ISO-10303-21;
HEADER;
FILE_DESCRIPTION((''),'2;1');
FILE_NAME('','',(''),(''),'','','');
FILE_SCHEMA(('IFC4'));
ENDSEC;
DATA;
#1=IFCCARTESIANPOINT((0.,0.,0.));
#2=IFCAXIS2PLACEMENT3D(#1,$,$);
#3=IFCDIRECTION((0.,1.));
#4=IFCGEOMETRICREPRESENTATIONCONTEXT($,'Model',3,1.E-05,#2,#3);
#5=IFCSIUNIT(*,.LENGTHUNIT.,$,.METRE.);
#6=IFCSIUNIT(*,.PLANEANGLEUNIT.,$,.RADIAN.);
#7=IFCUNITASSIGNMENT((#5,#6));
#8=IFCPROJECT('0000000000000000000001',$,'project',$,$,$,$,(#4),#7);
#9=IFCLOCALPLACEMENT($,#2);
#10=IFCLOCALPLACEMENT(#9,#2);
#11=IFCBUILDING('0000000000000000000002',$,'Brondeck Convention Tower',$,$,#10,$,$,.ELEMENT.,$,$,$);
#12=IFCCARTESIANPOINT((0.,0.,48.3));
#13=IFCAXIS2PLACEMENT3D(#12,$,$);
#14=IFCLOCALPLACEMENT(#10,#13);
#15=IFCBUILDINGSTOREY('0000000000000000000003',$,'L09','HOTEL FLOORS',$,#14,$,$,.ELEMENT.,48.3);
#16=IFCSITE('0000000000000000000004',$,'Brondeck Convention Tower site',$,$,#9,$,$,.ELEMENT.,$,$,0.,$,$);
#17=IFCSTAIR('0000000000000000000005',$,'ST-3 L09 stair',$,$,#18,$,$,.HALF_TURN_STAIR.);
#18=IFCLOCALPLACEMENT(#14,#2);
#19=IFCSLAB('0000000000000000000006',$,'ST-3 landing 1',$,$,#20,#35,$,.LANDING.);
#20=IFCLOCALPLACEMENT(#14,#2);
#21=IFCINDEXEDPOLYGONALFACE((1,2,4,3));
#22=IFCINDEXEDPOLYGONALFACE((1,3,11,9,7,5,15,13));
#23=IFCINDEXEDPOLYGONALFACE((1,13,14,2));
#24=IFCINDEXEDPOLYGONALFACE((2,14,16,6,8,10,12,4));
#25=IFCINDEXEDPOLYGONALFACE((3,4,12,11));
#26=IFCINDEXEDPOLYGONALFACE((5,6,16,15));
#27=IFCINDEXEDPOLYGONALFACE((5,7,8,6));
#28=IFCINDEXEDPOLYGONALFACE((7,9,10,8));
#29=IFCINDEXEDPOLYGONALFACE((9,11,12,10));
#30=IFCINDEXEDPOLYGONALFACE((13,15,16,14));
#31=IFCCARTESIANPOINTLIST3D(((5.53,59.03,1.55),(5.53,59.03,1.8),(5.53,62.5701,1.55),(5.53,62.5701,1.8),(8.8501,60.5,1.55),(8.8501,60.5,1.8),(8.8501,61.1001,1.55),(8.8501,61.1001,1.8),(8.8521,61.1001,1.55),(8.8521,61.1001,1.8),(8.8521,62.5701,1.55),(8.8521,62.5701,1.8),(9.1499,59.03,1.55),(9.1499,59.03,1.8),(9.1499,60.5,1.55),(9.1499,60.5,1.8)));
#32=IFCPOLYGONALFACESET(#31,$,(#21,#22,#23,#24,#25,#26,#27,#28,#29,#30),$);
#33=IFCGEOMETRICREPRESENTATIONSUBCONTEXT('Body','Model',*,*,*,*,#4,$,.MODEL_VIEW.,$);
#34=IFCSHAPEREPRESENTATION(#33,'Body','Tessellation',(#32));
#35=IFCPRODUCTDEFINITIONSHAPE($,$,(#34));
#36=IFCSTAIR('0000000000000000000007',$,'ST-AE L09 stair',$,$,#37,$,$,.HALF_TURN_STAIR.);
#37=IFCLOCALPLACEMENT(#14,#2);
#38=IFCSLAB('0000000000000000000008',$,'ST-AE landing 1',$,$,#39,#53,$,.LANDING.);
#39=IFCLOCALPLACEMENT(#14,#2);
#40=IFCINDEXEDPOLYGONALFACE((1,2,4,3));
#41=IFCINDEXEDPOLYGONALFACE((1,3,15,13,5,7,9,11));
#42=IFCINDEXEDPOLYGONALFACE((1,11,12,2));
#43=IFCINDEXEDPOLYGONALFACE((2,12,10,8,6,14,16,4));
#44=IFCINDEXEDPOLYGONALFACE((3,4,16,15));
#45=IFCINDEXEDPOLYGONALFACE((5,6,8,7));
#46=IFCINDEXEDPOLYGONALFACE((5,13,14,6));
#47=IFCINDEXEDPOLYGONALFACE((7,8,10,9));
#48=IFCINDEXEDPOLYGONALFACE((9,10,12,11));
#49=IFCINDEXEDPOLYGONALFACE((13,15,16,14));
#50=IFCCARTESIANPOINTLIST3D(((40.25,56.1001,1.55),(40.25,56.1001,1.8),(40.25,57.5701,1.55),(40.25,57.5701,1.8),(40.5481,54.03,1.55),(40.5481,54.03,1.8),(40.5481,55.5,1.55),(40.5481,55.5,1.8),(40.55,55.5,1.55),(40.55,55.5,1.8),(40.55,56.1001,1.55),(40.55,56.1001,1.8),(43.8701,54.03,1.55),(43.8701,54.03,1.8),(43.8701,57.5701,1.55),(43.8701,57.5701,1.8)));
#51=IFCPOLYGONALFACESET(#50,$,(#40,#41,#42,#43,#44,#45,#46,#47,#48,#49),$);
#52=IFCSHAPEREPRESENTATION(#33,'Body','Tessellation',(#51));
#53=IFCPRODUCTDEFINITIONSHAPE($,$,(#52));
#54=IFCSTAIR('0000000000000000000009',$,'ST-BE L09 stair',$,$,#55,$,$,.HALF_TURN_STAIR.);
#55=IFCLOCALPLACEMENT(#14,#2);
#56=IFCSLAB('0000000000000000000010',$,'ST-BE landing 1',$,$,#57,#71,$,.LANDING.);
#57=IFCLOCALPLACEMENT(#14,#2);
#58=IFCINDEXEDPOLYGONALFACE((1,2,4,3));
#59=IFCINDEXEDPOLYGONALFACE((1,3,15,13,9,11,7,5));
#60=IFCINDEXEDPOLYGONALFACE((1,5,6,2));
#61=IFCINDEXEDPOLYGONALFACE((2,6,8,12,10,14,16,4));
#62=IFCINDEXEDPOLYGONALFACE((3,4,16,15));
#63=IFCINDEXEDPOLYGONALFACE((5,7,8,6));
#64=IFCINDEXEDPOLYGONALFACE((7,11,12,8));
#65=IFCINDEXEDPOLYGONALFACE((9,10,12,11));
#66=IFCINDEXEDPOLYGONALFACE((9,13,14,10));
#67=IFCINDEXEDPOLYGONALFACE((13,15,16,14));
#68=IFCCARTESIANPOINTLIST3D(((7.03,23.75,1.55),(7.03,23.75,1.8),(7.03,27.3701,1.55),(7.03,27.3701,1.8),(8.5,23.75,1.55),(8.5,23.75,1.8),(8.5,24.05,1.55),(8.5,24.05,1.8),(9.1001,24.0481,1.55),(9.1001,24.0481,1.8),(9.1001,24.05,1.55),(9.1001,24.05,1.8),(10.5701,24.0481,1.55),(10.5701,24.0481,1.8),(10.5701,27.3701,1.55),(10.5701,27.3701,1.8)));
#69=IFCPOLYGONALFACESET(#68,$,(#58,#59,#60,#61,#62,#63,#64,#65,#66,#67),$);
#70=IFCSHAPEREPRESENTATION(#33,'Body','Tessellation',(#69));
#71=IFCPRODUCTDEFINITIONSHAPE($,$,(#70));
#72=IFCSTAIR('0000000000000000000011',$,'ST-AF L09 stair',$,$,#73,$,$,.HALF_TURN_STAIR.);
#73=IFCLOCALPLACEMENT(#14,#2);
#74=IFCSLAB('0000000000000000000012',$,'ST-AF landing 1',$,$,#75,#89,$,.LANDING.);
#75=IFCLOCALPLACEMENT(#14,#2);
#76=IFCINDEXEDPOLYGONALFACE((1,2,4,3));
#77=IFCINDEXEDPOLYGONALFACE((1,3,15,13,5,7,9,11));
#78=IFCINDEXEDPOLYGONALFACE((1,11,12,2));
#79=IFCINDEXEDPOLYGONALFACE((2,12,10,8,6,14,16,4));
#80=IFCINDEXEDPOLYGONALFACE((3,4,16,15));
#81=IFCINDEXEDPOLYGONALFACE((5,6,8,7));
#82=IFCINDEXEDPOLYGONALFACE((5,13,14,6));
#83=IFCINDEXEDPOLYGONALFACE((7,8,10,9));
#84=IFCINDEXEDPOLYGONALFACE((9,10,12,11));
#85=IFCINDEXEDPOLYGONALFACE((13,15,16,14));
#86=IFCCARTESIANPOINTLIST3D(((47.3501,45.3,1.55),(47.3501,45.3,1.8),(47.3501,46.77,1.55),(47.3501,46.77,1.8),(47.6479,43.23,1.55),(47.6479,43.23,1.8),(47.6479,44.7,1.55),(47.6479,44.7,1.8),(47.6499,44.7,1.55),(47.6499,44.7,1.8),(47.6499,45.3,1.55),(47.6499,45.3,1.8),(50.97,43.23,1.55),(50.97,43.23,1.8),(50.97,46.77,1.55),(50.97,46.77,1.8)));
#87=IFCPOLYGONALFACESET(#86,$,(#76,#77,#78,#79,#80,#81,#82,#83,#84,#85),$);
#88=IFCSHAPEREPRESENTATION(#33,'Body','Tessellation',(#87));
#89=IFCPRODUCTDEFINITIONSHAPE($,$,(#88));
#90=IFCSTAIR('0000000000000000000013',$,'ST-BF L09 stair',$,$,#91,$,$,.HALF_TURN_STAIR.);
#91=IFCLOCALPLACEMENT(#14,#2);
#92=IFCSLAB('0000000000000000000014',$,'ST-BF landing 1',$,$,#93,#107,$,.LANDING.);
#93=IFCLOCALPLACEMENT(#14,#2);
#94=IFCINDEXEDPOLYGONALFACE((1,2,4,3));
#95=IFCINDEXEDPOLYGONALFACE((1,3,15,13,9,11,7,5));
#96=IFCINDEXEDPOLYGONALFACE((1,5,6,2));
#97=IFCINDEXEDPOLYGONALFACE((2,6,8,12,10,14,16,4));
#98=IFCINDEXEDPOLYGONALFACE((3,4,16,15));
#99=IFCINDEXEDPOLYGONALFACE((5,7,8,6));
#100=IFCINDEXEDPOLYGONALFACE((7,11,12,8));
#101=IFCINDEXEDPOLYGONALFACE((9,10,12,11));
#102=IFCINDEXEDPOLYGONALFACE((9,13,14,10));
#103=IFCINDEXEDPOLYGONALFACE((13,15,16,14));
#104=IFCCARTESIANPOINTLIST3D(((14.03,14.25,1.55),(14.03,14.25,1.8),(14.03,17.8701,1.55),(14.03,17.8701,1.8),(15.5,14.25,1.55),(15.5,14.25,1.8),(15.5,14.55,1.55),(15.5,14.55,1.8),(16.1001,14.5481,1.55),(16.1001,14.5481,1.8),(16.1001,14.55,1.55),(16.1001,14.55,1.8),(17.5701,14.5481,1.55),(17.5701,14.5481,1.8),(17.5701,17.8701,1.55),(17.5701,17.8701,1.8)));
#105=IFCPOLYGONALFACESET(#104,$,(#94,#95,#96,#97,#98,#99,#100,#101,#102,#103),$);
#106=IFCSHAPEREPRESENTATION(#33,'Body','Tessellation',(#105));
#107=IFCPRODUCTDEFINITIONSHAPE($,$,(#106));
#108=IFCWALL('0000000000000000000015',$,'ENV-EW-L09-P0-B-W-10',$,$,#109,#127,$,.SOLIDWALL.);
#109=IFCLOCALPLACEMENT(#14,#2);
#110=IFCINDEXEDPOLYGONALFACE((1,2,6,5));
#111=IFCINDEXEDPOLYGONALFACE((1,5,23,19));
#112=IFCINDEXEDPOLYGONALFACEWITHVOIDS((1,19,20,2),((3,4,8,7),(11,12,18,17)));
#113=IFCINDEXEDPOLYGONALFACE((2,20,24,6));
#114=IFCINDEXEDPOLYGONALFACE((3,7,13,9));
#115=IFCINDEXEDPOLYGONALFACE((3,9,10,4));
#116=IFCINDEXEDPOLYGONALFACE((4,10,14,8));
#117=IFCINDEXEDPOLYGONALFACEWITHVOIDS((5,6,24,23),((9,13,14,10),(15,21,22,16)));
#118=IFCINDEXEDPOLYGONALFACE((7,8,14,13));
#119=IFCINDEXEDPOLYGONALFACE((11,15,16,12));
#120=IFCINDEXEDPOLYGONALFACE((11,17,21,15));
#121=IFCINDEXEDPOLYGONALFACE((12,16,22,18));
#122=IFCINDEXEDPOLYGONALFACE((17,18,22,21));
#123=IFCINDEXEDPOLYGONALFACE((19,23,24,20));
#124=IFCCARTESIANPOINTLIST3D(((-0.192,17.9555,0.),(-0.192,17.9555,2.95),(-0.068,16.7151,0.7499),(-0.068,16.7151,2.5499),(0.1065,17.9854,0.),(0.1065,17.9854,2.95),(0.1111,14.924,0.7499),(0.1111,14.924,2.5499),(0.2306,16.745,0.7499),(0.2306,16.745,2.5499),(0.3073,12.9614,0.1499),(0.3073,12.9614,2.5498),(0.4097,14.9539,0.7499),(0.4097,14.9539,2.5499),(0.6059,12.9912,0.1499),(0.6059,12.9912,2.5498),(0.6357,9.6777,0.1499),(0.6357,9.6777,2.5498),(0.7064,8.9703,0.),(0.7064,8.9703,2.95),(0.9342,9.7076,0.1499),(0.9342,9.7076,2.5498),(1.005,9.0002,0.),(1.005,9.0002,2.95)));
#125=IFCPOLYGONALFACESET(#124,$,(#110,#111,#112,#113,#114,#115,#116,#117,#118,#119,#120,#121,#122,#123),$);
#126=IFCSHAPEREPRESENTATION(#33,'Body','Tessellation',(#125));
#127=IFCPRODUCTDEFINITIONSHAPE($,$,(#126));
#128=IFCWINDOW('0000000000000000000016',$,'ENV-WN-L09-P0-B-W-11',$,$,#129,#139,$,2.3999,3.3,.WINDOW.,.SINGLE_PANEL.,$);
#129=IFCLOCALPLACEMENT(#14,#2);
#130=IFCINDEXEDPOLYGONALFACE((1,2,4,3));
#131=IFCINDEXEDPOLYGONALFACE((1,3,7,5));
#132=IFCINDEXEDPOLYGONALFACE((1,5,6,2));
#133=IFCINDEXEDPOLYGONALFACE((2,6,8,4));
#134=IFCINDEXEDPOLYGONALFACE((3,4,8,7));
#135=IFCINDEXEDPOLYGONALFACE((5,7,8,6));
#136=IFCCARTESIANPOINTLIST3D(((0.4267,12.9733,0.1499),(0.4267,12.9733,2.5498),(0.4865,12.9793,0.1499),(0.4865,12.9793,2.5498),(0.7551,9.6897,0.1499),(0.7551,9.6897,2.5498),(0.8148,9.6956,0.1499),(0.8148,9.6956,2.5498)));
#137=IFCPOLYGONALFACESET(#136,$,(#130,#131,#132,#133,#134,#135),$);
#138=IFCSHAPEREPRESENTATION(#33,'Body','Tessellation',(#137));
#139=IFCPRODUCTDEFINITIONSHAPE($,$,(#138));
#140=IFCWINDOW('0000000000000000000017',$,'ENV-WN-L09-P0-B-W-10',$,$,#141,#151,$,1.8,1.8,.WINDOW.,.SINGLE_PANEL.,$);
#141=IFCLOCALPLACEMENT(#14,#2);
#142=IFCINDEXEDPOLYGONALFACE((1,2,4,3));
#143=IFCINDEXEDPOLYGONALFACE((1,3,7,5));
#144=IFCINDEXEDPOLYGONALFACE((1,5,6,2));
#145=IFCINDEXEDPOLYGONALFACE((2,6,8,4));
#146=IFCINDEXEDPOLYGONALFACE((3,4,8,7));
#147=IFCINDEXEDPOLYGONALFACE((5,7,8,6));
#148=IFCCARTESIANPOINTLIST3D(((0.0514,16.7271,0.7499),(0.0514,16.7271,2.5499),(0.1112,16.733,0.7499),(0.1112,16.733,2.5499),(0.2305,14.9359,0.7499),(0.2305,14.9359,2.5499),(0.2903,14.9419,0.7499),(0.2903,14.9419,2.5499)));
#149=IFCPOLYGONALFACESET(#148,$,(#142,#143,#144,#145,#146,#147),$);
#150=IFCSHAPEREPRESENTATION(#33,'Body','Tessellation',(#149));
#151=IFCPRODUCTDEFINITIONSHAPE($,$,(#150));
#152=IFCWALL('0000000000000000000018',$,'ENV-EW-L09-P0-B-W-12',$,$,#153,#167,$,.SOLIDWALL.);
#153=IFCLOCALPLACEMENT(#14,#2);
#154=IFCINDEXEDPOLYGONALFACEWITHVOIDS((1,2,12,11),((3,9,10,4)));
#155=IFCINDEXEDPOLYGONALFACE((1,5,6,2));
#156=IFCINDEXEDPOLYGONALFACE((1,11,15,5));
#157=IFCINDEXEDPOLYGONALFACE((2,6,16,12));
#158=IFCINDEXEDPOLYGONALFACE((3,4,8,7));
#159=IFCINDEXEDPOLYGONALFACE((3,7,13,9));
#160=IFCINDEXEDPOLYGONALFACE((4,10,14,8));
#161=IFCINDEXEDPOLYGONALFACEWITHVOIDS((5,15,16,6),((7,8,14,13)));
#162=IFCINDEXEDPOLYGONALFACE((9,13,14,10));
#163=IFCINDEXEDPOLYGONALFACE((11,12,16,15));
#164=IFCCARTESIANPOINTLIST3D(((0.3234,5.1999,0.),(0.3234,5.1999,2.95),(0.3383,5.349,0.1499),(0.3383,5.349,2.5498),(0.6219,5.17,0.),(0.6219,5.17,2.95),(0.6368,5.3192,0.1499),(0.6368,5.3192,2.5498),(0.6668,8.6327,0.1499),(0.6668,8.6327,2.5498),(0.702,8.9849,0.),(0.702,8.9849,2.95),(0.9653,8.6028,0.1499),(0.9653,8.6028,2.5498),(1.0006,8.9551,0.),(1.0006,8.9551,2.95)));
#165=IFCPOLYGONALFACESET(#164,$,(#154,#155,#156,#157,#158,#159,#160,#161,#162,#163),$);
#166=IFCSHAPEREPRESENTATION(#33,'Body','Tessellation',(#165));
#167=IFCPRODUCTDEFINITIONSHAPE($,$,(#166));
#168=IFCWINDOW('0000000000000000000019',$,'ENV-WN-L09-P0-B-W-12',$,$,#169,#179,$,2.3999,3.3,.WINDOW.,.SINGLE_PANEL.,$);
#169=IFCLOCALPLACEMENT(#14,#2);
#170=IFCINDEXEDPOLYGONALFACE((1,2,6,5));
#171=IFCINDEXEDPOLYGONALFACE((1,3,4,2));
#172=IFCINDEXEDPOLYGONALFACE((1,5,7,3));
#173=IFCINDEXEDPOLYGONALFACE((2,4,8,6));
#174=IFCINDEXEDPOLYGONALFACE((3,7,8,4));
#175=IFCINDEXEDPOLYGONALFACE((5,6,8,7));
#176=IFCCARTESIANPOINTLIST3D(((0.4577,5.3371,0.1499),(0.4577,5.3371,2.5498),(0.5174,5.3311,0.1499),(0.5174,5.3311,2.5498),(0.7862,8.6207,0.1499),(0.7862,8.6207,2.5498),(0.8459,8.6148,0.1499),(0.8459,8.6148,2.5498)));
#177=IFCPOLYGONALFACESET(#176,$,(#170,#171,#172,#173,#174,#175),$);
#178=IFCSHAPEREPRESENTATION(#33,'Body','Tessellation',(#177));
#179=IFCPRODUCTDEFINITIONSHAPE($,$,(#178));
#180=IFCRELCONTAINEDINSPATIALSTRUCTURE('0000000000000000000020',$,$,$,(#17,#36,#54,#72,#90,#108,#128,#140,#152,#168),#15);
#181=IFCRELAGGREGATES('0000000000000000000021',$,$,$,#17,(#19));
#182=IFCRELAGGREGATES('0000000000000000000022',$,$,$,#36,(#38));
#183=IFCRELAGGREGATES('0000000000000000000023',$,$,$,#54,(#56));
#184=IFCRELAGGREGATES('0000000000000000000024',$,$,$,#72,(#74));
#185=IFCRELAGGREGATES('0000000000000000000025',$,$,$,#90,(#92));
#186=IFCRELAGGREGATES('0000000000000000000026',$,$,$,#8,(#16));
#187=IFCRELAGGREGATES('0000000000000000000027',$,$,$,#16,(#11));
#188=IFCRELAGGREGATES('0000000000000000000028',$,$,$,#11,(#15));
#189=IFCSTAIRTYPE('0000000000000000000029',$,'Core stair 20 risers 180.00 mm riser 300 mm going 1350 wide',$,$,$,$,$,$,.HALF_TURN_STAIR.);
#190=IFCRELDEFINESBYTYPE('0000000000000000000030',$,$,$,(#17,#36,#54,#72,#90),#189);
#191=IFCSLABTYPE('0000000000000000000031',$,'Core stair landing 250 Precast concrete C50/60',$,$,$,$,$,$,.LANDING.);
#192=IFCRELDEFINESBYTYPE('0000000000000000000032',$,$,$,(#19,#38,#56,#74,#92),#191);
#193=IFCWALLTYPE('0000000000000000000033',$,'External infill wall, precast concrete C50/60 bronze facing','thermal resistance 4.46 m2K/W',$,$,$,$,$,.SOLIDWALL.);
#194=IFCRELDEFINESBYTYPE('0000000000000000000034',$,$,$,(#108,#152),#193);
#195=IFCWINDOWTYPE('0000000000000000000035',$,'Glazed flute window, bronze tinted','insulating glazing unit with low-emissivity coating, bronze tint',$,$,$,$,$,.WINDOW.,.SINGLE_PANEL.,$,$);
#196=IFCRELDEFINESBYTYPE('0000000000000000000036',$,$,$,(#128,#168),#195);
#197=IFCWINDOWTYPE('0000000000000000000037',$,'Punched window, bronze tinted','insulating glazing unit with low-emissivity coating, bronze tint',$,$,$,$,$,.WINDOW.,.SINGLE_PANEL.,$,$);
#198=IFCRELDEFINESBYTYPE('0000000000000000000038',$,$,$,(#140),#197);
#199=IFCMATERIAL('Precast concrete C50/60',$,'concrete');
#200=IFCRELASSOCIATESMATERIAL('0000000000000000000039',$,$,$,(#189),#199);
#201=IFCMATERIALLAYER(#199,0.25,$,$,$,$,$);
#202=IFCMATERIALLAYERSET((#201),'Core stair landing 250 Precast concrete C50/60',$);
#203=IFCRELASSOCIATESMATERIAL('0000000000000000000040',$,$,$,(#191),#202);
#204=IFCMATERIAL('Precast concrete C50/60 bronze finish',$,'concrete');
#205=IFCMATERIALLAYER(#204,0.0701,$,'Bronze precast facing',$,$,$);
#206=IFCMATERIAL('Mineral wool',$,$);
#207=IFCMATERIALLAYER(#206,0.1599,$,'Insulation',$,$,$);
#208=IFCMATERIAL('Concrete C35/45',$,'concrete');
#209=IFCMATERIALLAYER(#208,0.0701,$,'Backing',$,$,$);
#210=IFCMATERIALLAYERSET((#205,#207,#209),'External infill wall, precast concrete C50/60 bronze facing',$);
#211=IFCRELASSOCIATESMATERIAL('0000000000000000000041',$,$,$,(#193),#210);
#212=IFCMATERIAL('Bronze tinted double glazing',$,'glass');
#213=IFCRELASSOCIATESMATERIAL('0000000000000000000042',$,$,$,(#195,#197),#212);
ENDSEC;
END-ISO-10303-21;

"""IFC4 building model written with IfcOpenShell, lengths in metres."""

from ifc_helpers import new_model, si_unit, direction, frame, frame_2d, origin, place, context, subcontext, project, spatial, polyline, rectangle, outline, extrude, material, layer, layer_set, type_object, element, fill, aggregate, save


model = new_model("IFC4")

# Units and contexts
model_context = context("Model", 3, precision=1e-05, world=origin(), true_north=direction((0.0, 1.0)))
body_context = subcontext(model_context, "Body", "Model", "MODEL_VIEW")
ifc_project = project(units=[si_unit("LENGTHUNIT", "METRE"), si_unit("PLANEANGLEUNIT", "RADIAN")], contexts=[model_context])

# Site, building, storey
site_placement = place(None, origin())
site = spatial("IfcSite", under=ifc_project, at=site_placement, Name="Brondeck Convention Tower site", CompositionType="ELEMENT", RefElevation=0.0)
building_placement = place(site_placement, origin())
building = spatial("IfcBuilding", under=site, at=building_placement, Name="Brondeck Convention Tower", CompositionType="ELEMENT")
storey_placement = place(building_placement, frame((0.0, 0.0, 48.3)))
storey = spatial("IfcBuildingStorey", under=building, at=storey_placement, Name="L09", Description="HOTEL FLOORS", CompositionType="ELEMENT", Elevation=48.3)

# Shared definitions
ifc_material_1 = material(Name="Concrete C35/45", Category="concrete")

# Stairs, slabs
ifc_material_2 = material(Name="Precast concrete C50/60", Category="concrete")
stair_type = type_object("IfcStairType", Name="Core stair 20 risers 180.00 mm riser 300 mm going 1350 wide", PredefinedType="HALF_TURN_STAIR", material=ifc_material_2)
ifc_layer_1 = layer(ifc_material_2, 0.25)
ifc_layer_set_1 = layer_set([ifc_layer_1], Name="Core stair landing 250 Precast concrete C50/60")
slab_type_1 = type_object("IfcSlabType", Name="Core stair landing 250 Precast concrete C50/60", PredefinedType="LANDING", material=ifc_layer_set_1)
stair_1_placement = place(storey_placement, origin())
stair_1 = element("IfcStair", 1, at=stair_1_placement, inside=storey, type_object=stair_type, Name="ST-3 L09 stair", PredefinedType="HALF_TURN_STAIR")
slab_1_placement = place(storey_placement, frame((0.0, 0.0, 1.55)))
slab_1 = element("IfcSlab", 2, at=slab_1_placement, type_object=slab_type_1, Name="ST-3 landing 1", PredefinedType="LANDING", context=body_context, shape_type="SweptSolid", body=[
    extrude(outline(polyline([(9.1499, 60.5), (9.1499, 59.03), (5.53, 59.03), (5.53, 62.5701), (8.8521, 62.5701), (8.8521, 61.1001), (8.8501, 61.1001), (8.8501, 60.5), (9.1499, 60.5)])), origin(), (0.0, 0.0, 1.0), 0.25),
])
aggregate(stair_1, [slab_1])
stair_2_placement = place(storey_placement, origin())
stair_2 = element("IfcStair", 3, at=stair_2_placement, inside=storey, type_object=stair_type, Name="ST-AE L09 stair", PredefinedType="HALF_TURN_STAIR")
slab_2_placement = place(storey_placement, frame((0.0, 0.0, 1.55)))
slab_2 = element("IfcSlab", 4, at=slab_2_placement, type_object=slab_type_1, Name="ST-AE landing 1", PredefinedType="LANDING", context=body_context, shape_type="SweptSolid", body=[
    extrude(outline(polyline([(40.5481, 55.5), (40.55, 55.5), (40.55, 56.1001), (40.25, 56.1001), (40.25, 57.5701), (43.8701, 57.5701), (43.8701, 54.03), (40.5481, 54.03), (40.5481, 55.5)])), origin(), (0.0, 0.0, 1.0), 0.25),
])
aggregate(stair_2, [slab_2])
stair_3_placement = place(storey_placement, origin())
stair_3 = element("IfcStair", 5, at=stair_3_placement, inside=storey, type_object=stair_type, Name="ST-BE L09 stair", PredefinedType="HALF_TURN_STAIR")
slab_3_placement = place(storey_placement, frame((0.0, 0.0, 1.55)))
slab_3 = element("IfcSlab", 6, at=slab_3_placement, type_object=slab_type_1, Name="ST-BE landing 1", PredefinedType="LANDING", context=body_context, shape_type="SweptSolid", body=[
    extrude(outline(polyline([(7.03, 23.75), (7.03, 27.3701), (10.5701, 27.3701), (10.5701, 24.0481), (9.1001, 24.0481), (9.1001, 24.05), (8.5, 24.05), (8.5, 23.75), (7.03, 23.75)])), origin(), (0.0, 0.0, 1.0), 0.25),
])
aggregate(stair_3, [slab_3])
stair_4_placement = place(storey_placement, origin())
stair_4 = element("IfcStair", 7, at=stair_4_placement, inside=storey, type_object=stair_type, Name="ST-AF L09 stair", PredefinedType="HALF_TURN_STAIR")
slab_4_placement = place(storey_placement, frame((0.0, 0.0, 1.55)))
slab_4 = element("IfcSlab", 8, at=slab_4_placement, type_object=slab_type_1, Name="ST-AF landing 1", PredefinedType="LANDING", context=body_context, shape_type="SweptSolid", body=[
    extrude(outline(polyline([(47.6479, 44.7), (47.6499, 44.7), (47.6499, 45.3), (47.3501, 45.3), (47.3501, 46.77), (50.97, 46.77), (50.97, 43.23), (47.6479, 43.23), (47.6479, 44.7)])), origin(), (0.0, 0.0, 1.0), 0.25),
])
aggregate(stair_4, [slab_4])
stair_5_placement = place(storey_placement, origin())
stair_5 = element("IfcStair", 9, at=stair_5_placement, inside=storey, type_object=stair_type, Name="ST-BF L09 stair", PredefinedType="HALF_TURN_STAIR")
slab_5_placement = place(storey_placement, frame((0.0, 0.0, 1.55)))
slab_5 = element("IfcSlab", 10, at=slab_5_placement, type_object=slab_type_1, Name="ST-BF landing 1", PredefinedType="LANDING", context=body_context, shape_type="SweptSolid", body=[
    extrude(outline(polyline([(14.03, 14.25), (14.03, 17.8701), (17.5701, 17.8701), (17.5701, 14.5481), (16.1001, 14.5481), (16.1001, 14.55), (15.5, 14.55), (15.5, 14.25), (14.03, 14.25)])), origin(), (0.0, 0.0, 1.0), 0.25),
])
aggregate(stair_5, [slab_5])

# Wall, openings, windows
ifc_material_3 = material(Name="Precast concrete C50/60 bronze finish", Category="concrete")
ifc_layer_2 = layer(ifc_material_3, 0.0701, Name="Bronze precast facing")
ifc_material_4 = material(Name="Mineral wool")
ifc_layer_3 = layer(ifc_material_4, 0.1599, Name="Insulation")
ifc_layer_4 = layer(ifc_material_1, 0.0701, Name="Backing")
ifc_layer_set_2 = layer_set([ifc_layer_2, ifc_layer_3, ifc_layer_4], Name="External infill wall, precast concrete C50/60 bronze facing")
wall_type_1 = type_object("IfcWallType", Name="External infill wall, precast concrete C50/60 bronze facing", Description="thermal resistance 4.46 m2K/W", PredefinedType="SOLIDWALL", material=ifc_layer_set_2)
wall_1_placement = place(storey_placement, frame((0.8557, 8.9851, 0.0), z_axis=(0.0, 0.0, 1.0), x_axis=(-0.099496, 0.995038, 0.0)))
wall_1 = element("IfcWall", 11, at=wall_1_placement, inside=storey, type_object=wall_type_1, Name="ENV-EW-L09-P0-B-W-10", PredefinedType="SOLIDWALL", context=body_context, shape_type="SweptSolid", body=[
    extrude(rectangle(XDim=9.03, YDim=0.3, at=frame_2d((4.5151, 0.0))), origin(), (0.0, 0.0, 1.0), 2.95),
])
opening_1_placement = place(wall_1_placement, frame((0.7112, 0.0, 0.1499)))
opening_1 = element("IfcOpeningElement", 12, at=opening_1_placement, cuts=wall_1, PredefinedType="OPENING", context=body_context, shape_type="SweptSolid", body=[
    extrude(rectangle(XDim=3.3, YDim=2.3999, at=frame_2d((1.6499, 1.2))), frame((0.0, 0.1599, 0.0), z_axis=(0.0, -1.0, 0.0), x_axis=(1.0, 0.0, 0.0)), (0.0, 0.0, 1.0), 0.3201),
])
opening_2_placement = place(wall_1_placement, frame((5.9836, 0.0, 0.75)))
opening_2 = element("IfcOpeningElement", 13, at=opening_2_placement, cuts=wall_1, PredefinedType="OPENING", context=body_context, shape_type="SweptSolid", body=[
    extrude(rectangle(XDim=1.8, YDim=1.8, at=frame_2d((0.8999, 0.8999))), frame((0.0, 0.1599, 0.0), z_axis=(0.0, -1.0, 0.0), x_axis=(1.0, 0.0, 0.0)), (0.0, 0.0, 1.0), 0.3201),
])
ifc_material_5 = material(Name="Bronze tinted double glazing", Category="glass")
window_type_1 = type_object("IfcWindowType", Name="Glazed flute window, bronze tinted", Description="insulating glazing unit with low-emissivity coating, bronze tint", PartitioningType="SINGLE_PANEL", PredefinedType="WINDOW", material=ifc_material_5)
window_1_placement = place(opening_1_placement, origin())
window_1 = element("IfcWindow", 14, at=window_1_placement, inside=storey, type_object=window_type_1, Name="ENV-WN-L09-P0-B-W-11", OverallHeight=2.3999, OverallWidth=3.3, PartitioningType="SINGLE_PANEL", PredefinedType="WINDOW", context=body_context, shape_type="SweptSolid", body=[
    extrude(rectangle(XDim=3.3, YDim=2.3999, at=frame_2d((1.6499, 1.2))), frame((0.0, 0.03, 0.0), z_axis=(0.0, -1.0, 0.0), x_axis=(1.0, 0.0, 0.0)), (0.0, 0.0, 1.0), 0.0601),
])
fill(opening_1, window_1)
window_type_2 = type_object("IfcWindowType", Name="Punched window, bronze tinted", Description="insulating glazing unit with low-emissivity coating, bronze tint", PartitioningType="SINGLE_PANEL", PredefinedType="WINDOW", material=ifc_material_5)
window_2_placement = place(opening_2_placement, origin())
window_2 = element("IfcWindow", 15, at=window_2_placement, inside=storey, type_object=window_type_2, Name="ENV-WN-L09-P0-B-W-10", OverallHeight=1.8, OverallWidth=1.8, PartitioningType="SINGLE_PANEL", PredefinedType="WINDOW", context=body_context, shape_type="SweptSolid", body=[
    extrude(rectangle(XDim=1.8, YDim=1.8, at=frame_2d((0.8999, 0.8999))), frame((0.0, 0.03, 0.0), z_axis=(0.0, -1.0, 0.0), x_axis=(1.0, 0.0, 0.0)), (0.0, 0.0, 1.0), 0.0601),
])
fill(opening_2, window_2)

# Wall, opening, window
wall_2_placement = place(storey_placement, frame((0.4727, 5.1851, 0.0), z_axis=(0.0, 0.0, 1.0), x_axis=(0.099542, 0.995033, 0.0)))
wall_2 = element("IfcWall", 16, at=wall_2_placement, inside=storey, type_object=wall_type_1, Name="ENV-EW-L09-P0-B-W-12", PredefinedType="SOLIDWALL", context=body_context, shape_type="SweptSolid", body=[
    extrude(rectangle(XDim=3.804, YDim=0.3, at=frame_2d((1.9019, 0.0))), origin(), (0.0, 0.0, 1.0), 2.95),
])
opening_3_placement = place(wall_2_placement, frame((0.1499, 0.0, 0.1499)))
opening_3 = element("IfcOpeningElement", 17, at=opening_3_placement, cuts=wall_2, PredefinedType="OPENING", context=body_context, shape_type="SweptSolid", body=[
    extrude(rectangle(XDim=3.3, YDim=2.3999, at=frame_2d((1.6499, 1.2))), frame((0.0, 0.1599, 0.0), z_axis=(0.0, -1.0, 0.0), x_axis=(1.0, 0.0, 0.0)), (0.0, 0.0, 1.0), 0.3201),
])
window_3_placement = place(opening_3_placement, origin())
window_3 = element("IfcWindow", 18, at=window_3_placement, inside=storey, type_object=window_type_1, Name="ENV-WN-L09-P0-B-W-12", OverallHeight=2.3999, OverallWidth=3.3, PartitioningType="SINGLE_PANEL", PredefinedType="WINDOW", context=body_context, shape_type="SweptSolid", body=[
    extrude(rectangle(XDim=3.3, YDim=2.3999, at=frame_2d((1.6499, 1.2))), frame((0.0, 0.03, 0.0), z_axis=(0.0, -1.0, 0.0), x_axis=(1.0, 0.0, 0.0)), (0.0, 0.0, 1.0), 0.0601),
])
fill(opening_3, window_3)

save(model, "model.ifc")
